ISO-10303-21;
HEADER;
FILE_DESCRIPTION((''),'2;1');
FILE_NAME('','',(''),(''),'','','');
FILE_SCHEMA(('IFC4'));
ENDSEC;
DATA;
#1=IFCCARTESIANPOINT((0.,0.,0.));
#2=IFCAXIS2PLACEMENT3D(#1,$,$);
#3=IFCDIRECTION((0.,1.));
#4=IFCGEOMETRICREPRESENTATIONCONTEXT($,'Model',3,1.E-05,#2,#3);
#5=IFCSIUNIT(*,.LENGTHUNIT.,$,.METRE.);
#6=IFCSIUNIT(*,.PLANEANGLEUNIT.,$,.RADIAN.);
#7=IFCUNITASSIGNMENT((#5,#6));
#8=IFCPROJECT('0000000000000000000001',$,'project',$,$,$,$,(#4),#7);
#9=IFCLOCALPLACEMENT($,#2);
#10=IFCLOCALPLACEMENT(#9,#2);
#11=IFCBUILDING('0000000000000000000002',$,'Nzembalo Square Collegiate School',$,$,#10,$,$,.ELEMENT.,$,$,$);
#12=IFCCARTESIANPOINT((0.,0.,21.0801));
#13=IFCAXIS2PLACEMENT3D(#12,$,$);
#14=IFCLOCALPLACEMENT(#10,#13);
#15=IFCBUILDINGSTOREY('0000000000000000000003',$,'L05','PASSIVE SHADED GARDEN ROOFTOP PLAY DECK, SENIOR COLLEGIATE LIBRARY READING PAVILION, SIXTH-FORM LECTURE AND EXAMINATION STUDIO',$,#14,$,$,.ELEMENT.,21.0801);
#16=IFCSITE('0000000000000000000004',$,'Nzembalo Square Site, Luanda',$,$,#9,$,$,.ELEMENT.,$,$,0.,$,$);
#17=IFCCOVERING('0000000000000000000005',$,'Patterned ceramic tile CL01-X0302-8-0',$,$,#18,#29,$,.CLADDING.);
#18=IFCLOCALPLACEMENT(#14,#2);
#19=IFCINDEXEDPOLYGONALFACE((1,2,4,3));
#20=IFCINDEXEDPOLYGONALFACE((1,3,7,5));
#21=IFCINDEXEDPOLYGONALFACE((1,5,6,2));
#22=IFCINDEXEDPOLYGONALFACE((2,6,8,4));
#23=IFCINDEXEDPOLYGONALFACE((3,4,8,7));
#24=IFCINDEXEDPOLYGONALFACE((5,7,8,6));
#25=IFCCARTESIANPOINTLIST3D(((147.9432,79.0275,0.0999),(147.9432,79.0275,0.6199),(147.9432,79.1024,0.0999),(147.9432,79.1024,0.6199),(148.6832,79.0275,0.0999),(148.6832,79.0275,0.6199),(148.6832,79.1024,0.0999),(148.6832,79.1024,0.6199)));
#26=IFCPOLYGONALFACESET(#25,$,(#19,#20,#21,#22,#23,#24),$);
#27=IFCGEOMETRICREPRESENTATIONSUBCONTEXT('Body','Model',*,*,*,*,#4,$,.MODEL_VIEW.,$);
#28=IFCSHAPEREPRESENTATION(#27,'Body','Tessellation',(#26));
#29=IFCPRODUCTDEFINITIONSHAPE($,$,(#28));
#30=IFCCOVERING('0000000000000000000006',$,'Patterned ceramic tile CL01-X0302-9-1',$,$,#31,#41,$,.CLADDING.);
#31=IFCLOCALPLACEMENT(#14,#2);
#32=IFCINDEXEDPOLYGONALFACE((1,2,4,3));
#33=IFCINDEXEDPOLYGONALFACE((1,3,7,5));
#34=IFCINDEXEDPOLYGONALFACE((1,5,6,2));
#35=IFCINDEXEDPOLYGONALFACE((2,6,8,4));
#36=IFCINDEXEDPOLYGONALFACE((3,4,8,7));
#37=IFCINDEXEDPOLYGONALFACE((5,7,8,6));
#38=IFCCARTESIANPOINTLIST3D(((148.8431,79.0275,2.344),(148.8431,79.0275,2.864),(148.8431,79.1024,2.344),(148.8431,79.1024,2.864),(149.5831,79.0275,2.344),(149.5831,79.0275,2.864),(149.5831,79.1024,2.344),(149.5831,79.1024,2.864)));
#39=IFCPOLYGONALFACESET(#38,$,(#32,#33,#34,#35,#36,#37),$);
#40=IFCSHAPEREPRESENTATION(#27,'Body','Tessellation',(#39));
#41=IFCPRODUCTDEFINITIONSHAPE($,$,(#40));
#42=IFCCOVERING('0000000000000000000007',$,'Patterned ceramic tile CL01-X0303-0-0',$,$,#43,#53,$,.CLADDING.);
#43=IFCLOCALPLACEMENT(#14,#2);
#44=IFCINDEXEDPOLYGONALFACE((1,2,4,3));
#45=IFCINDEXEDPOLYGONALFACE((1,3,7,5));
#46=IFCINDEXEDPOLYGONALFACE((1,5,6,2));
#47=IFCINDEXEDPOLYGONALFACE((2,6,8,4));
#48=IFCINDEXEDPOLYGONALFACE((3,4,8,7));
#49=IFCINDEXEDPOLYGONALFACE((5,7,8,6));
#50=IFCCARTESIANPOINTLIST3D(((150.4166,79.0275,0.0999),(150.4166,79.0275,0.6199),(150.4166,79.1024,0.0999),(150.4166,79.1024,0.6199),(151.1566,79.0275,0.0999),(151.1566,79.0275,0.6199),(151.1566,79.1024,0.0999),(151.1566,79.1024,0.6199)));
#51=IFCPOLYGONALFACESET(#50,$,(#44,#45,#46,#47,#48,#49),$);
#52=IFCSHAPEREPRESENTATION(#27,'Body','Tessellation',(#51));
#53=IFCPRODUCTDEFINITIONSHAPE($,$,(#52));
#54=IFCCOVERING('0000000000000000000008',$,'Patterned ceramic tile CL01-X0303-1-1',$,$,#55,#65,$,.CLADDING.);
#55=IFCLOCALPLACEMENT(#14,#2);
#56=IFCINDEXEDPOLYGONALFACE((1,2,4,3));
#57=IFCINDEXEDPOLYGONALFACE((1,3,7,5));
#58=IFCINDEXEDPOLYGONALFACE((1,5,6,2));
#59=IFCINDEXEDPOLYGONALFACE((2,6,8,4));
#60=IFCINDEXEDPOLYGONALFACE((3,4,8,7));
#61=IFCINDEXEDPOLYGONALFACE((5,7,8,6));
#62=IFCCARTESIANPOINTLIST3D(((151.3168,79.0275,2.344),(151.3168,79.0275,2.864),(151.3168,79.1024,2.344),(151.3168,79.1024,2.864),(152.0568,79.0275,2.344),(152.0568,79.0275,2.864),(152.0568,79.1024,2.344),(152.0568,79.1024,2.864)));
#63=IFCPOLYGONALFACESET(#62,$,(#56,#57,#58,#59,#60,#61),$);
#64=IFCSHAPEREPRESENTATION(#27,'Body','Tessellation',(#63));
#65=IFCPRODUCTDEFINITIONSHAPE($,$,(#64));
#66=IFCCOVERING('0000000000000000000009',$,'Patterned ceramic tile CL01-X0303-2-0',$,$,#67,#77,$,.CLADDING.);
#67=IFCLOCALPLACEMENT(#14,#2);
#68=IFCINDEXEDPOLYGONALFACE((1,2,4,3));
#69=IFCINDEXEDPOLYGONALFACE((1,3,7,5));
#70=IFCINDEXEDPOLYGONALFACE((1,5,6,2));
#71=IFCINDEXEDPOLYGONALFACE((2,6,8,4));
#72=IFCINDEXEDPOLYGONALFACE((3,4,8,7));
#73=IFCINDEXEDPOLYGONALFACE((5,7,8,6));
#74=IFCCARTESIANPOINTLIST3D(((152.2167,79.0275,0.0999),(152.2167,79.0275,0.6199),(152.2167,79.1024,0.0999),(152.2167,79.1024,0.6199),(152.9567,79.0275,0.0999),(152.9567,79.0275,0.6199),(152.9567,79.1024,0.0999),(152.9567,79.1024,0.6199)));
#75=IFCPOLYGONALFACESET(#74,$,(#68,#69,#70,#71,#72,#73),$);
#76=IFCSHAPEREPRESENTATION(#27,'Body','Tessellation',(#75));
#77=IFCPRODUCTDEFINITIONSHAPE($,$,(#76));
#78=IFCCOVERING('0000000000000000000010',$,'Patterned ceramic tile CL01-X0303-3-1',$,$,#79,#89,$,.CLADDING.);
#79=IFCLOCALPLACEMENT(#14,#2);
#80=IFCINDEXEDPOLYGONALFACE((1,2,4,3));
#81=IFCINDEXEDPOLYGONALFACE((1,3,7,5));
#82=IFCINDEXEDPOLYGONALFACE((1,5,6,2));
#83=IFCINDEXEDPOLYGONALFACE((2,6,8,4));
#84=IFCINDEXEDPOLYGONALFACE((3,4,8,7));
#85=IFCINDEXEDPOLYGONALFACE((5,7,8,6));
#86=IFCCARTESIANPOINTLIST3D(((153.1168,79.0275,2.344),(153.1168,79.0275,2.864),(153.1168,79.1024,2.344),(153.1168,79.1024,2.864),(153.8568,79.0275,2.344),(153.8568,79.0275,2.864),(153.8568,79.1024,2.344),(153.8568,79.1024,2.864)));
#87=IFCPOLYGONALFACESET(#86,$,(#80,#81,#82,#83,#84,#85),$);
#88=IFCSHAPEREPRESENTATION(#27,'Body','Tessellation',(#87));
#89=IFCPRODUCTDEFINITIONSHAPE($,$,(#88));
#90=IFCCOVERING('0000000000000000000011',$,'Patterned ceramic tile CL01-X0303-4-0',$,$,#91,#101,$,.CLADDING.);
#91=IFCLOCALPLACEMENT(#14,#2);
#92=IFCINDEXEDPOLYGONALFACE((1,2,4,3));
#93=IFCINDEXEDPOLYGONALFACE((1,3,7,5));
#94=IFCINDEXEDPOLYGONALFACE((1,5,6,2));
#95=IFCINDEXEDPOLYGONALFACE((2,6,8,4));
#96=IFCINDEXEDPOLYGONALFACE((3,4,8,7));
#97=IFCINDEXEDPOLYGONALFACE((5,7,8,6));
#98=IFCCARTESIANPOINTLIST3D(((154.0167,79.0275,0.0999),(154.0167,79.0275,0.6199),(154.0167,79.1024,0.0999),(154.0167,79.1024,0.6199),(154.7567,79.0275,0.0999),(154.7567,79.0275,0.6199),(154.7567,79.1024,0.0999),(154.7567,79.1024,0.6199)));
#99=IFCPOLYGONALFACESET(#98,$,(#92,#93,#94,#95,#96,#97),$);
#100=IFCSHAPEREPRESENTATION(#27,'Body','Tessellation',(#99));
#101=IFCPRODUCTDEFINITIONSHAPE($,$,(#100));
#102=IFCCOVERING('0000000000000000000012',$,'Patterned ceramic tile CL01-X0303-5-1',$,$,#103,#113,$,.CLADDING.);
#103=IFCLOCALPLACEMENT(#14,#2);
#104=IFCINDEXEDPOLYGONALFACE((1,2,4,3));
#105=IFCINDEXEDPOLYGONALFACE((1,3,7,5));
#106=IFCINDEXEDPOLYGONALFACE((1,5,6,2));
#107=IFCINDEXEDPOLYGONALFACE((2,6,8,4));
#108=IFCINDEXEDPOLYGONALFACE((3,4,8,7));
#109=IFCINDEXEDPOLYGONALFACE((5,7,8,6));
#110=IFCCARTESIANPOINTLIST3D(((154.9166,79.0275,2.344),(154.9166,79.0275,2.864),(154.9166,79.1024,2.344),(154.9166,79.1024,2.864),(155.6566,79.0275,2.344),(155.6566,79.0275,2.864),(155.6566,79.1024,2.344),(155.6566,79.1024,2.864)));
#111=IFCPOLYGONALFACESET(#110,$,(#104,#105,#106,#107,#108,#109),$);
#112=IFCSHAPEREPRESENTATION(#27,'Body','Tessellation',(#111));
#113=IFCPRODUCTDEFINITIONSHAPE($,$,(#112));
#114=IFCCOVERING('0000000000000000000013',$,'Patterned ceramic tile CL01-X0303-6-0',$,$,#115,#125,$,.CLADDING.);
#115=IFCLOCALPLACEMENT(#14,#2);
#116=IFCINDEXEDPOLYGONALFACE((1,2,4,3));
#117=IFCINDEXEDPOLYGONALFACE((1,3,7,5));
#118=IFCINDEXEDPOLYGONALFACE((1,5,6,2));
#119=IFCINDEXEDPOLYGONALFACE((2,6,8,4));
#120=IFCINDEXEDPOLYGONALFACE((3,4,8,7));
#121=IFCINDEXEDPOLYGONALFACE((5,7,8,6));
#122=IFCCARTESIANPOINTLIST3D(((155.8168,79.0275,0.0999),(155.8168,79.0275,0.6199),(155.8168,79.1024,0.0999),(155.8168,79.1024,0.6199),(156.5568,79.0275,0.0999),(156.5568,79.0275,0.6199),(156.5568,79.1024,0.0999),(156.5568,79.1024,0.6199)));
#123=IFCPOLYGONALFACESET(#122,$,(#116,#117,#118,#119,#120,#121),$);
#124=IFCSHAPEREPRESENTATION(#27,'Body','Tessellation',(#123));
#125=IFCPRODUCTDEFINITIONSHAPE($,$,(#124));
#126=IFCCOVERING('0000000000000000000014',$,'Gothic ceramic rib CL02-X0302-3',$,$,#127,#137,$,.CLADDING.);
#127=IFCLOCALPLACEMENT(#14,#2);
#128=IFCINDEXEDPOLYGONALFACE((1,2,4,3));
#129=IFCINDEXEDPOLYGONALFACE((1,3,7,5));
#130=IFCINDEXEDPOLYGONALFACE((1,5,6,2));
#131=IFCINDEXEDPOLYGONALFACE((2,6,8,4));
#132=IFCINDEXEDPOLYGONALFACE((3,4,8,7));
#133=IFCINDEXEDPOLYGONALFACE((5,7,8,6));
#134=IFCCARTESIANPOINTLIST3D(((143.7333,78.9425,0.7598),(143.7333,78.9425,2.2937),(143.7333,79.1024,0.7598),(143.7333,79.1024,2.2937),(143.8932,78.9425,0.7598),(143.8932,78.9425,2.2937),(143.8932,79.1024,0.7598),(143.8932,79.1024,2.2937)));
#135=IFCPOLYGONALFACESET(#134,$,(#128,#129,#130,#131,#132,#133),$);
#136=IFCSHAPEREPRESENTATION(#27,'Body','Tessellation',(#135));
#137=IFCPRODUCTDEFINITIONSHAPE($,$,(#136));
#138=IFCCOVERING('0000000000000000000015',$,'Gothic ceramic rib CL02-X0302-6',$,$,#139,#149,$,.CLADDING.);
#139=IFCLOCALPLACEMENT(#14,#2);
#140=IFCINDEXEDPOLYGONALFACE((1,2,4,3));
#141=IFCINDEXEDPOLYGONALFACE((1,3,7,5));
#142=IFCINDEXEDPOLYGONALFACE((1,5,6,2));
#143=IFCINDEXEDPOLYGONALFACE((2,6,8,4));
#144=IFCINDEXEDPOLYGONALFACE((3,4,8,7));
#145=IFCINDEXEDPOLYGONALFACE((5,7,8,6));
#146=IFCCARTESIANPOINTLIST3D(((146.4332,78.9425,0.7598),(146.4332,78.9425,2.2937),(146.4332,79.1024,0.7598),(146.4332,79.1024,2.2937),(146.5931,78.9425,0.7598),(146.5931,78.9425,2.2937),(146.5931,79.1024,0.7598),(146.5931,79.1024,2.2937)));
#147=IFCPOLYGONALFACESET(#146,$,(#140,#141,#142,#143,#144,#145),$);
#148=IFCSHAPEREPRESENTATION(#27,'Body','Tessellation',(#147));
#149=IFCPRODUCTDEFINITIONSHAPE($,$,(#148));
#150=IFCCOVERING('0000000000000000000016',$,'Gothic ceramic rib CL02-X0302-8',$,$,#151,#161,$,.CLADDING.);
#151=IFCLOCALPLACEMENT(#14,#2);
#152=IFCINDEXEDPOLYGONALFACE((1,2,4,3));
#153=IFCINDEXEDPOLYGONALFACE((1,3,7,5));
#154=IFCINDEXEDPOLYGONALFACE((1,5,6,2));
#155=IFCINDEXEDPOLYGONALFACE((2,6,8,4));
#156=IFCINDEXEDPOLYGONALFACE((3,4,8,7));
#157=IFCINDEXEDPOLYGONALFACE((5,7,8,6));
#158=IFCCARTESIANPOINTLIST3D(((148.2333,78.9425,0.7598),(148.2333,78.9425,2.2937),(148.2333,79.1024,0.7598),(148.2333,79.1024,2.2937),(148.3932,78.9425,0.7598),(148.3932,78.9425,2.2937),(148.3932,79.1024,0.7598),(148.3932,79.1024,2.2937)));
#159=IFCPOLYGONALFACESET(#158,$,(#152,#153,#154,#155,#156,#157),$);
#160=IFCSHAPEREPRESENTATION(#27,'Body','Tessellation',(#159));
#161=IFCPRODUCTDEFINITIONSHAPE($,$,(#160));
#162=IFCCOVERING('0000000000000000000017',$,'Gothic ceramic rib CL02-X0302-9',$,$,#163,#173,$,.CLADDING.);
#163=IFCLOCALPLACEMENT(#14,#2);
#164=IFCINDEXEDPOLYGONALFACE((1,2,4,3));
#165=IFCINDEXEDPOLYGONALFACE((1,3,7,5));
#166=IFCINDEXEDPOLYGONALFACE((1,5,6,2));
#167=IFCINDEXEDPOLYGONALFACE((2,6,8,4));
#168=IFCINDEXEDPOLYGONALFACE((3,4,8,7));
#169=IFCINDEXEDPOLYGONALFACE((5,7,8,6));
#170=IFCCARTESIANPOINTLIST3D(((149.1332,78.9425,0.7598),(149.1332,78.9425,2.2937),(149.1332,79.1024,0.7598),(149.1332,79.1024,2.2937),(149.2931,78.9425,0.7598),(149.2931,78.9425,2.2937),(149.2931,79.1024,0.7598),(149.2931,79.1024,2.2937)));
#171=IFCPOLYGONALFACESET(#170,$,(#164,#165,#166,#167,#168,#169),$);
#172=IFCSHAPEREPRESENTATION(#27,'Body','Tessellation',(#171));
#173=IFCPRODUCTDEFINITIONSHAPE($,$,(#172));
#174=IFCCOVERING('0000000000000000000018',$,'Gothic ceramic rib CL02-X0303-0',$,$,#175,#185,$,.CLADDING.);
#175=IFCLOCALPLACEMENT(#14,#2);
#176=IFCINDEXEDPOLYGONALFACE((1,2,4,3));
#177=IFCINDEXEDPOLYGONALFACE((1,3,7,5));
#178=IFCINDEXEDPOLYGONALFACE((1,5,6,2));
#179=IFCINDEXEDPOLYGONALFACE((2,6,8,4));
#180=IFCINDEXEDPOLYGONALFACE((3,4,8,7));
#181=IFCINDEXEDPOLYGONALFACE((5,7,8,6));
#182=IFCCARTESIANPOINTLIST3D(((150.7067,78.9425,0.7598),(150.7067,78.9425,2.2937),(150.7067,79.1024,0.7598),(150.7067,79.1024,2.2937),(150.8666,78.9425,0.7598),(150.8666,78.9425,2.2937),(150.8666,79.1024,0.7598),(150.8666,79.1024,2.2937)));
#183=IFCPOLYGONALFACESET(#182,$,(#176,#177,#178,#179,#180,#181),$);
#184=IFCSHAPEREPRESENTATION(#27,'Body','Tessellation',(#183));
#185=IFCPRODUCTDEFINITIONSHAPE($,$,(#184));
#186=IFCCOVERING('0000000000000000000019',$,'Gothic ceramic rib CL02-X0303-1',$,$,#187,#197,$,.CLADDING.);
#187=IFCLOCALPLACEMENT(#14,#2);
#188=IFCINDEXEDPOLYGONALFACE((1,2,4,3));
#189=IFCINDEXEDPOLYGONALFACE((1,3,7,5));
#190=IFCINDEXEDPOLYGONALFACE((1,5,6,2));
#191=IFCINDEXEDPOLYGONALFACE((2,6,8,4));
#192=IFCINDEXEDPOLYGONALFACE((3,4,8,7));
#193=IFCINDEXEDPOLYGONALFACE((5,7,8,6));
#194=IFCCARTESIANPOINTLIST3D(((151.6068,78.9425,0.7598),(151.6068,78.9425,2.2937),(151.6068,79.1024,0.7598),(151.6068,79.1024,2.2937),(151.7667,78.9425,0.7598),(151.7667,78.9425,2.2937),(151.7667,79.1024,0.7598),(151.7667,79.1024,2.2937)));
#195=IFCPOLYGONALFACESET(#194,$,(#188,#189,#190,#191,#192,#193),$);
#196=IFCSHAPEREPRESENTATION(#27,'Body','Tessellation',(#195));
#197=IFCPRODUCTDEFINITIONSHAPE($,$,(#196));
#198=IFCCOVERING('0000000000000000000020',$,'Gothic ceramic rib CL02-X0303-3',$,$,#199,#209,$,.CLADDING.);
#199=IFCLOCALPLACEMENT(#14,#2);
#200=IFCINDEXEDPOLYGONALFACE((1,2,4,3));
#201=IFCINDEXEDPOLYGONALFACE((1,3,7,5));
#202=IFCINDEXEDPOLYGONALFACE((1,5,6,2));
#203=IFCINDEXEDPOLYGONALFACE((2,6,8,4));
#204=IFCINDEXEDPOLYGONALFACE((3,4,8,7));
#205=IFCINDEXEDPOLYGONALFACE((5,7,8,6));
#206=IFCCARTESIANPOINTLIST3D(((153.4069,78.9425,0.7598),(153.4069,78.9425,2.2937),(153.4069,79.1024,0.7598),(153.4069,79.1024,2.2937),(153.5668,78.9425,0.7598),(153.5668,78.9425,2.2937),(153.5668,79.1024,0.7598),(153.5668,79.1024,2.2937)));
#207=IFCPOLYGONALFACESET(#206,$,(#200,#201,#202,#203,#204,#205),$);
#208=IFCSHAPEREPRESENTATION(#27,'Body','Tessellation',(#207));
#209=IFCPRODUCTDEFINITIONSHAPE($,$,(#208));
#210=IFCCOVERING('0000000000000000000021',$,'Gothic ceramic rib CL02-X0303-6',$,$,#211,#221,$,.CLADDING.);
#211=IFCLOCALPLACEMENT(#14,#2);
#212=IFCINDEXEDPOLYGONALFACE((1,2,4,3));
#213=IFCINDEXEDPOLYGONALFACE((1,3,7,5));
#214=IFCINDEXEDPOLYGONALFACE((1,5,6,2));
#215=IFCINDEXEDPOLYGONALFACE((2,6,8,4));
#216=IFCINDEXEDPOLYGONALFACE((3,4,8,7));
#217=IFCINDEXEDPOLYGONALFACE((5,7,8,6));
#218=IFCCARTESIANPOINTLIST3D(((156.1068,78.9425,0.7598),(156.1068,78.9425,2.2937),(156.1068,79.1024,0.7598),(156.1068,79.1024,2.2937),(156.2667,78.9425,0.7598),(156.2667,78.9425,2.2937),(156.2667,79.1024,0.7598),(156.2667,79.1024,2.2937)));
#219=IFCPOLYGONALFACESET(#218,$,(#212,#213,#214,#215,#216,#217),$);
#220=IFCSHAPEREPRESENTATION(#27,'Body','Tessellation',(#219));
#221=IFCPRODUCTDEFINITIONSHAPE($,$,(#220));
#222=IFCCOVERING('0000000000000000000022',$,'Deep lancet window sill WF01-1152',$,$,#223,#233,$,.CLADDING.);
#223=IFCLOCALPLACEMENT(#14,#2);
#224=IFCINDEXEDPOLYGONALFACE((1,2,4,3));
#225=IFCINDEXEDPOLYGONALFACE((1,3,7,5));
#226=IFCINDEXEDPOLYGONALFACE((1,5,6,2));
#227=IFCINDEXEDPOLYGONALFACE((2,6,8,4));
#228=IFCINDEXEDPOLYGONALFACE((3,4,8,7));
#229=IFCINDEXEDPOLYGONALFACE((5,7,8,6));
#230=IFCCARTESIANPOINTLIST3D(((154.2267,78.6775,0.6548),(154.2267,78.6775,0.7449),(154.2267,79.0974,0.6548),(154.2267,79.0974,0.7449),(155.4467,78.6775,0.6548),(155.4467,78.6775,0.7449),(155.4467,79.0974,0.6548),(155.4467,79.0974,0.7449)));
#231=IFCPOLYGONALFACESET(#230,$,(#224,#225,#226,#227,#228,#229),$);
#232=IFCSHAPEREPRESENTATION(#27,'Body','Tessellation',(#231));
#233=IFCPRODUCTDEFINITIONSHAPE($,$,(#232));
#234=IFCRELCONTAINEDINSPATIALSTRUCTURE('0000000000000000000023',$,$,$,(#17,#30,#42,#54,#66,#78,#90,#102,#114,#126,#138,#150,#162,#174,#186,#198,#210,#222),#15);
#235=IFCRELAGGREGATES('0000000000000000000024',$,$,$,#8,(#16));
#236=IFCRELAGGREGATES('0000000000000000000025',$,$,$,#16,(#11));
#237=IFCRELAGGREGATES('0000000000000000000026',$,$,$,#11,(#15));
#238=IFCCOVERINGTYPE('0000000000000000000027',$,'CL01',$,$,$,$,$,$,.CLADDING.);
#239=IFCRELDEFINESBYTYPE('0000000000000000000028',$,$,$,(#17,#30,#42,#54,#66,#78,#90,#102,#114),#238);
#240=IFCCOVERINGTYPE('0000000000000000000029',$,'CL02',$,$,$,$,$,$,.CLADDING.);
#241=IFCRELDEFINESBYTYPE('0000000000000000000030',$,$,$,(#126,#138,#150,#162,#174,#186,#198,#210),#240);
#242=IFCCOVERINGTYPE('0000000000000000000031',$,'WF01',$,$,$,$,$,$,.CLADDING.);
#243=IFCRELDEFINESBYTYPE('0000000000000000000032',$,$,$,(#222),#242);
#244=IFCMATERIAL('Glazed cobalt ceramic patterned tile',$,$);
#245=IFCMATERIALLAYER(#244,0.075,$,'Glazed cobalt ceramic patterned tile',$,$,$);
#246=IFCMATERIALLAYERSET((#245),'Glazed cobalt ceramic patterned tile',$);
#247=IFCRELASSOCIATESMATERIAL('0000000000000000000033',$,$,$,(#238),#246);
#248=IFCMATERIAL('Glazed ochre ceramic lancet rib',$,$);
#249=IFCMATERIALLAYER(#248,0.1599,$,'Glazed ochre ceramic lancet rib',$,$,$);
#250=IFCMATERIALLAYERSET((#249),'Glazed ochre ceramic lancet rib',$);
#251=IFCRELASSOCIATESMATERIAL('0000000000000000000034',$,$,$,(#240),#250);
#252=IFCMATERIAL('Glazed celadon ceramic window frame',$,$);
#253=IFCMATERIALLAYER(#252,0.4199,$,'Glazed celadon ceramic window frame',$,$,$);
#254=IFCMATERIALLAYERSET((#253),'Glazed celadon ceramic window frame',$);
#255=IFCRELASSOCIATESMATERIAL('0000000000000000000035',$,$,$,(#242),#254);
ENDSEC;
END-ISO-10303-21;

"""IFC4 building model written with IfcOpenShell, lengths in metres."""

from ifc_helpers import new_model, si_unit, direction, frame, origin, origin_2d, place, context, subcontext, project, spatial, rectangle, extrude, material, layer, layer_set, type_object, element, save


model = new_model("IFC4")

# Units and contexts
model_context = context("Model", 3, precision=1e-05, world=origin(), true_north=direction((0.0, 1.0)))
body_context = subcontext(model_context, "Body", "Model", "MODEL_VIEW")
ifc_project = project(units=[si_unit("LENGTHUNIT", "METRE"), si_unit("PLANEANGLEUNIT", "RADIAN")], contexts=[model_context])

# Site, building, storey
site_placement = place(None, origin())
site = spatial("IfcSite", under=ifc_project, at=site_placement, Name="Nzembalo Square Site, Luanda", CompositionType="ELEMENT", RefElevation=0.0)
building_placement = place(site_placement, origin())
building = spatial("IfcBuilding", under=site, at=building_placement, Name="Nzembalo Square Collegiate School", CompositionType="ELEMENT")
storey_placement = place(building_placement, frame((0.0, 0.0, 21.0801)))
storey = spatial("IfcBuildingStorey", under=building, at=storey_placement, Name="L05", Description="PASSIVE SHADED GARDEN ROOFTOP PLAY DECK, SENIOR COLLEGIATE LIBRARY READING PAVILION, SIXTH-FORM LECTURE AND EXAMINATION STUDIO", CompositionType="ELEMENT", Elevation=21.0801)

# Coverings
ifc_material_1 = material(Name="Glazed cobalt ceramic patterned tile")
ifc_layer_1 = layer(ifc_material_1, 0.075, Name="Glazed cobalt ceramic patterned tile")
ifc_layer_set_1 = layer_set([ifc_layer_1], Name="Glazed cobalt ceramic patterned tile")
covering_type_1 = type_object("IfcCoveringType", Name="CL01", PredefinedType="CLADDING", material=ifc_layer_set_1)
for number, where, z_axis, x_axis, name in (
    (1, (148.3132, 79.0649, 0.0999), (0.0, 0.0, 1.0), (1.0, 0.0, 0.0), "Patterned ceramic tile CL01-X0302-8-0"),
    (2, (149.2131, 79.0649, 2.344), (0.0, 0.0, 1.0), (1.0, 0.0, 0.0), "Patterned ceramic tile CL01-X0302-9-1"),
    (3, (150.7866, 79.0649, 0.0999), (0.0, 0.0, 1.0), (1.0, 0.0, 0.0), "Patterned ceramic tile CL01-X0303-0-0"),
    (4, (151.6868, 79.0649, 2.344), (0.0, 0.0, 1.0), (1.0, 0.0, 0.0), "Patterned ceramic tile CL01-X0303-1-1"),
    (5, (152.5867, 79.0649, 0.0999), (0.0, 0.0, 1.0), (1.0, 0.0, 0.0), "Patterned ceramic tile CL01-X0303-2-0"),
    (6, (153.4868, 79.0649, 2.344), (0.0, 0.0, 1.0), (1.0, 0.0, 0.0), "Patterned ceramic tile CL01-X0303-3-1"),
    (7, (154.3867, 79.0649, 0.0999), (0.0, 0.0, 1.0), (1.0, 0.0, 0.0), "Patterned ceramic tile CL01-X0303-4-0"),
    (8, (155.2866, 79.0649, 2.344), (0.0, 0.0, 1.0), (1.0, 0.0, 0.0), "Patterned ceramic tile CL01-X0303-5-1"),
    (9, (156.1868, 79.0649, 0.0999), (0.0, 0.0, 1.0), (1.0, 0.0, 0.0), "Patterned ceramic tile CL01-X0303-6-0"),
):
    element("IfcCovering", number, at=place(storey_placement, frame(where, z_axis=z_axis, x_axis=x_axis)), inside=storey, type_object=covering_type_1, Name=name, PredefinedType="CLADDING", context=body_context, shape_type="SweptSolid", body=[
        extrude(rectangle(XDim=0.74, YDim=0.075, at=origin_2d()), origin(), (0.0, 0.0, 1.0), 0.52),
    ])
ifc_material_2 = material(Name="Glazed ochre ceramic lancet rib")
ifc_layer_2 = layer(ifc_material_2, 0.1599, Name="Glazed ochre ceramic lancet rib")
ifc_layer_set_2 = layer_set([ifc_layer_2], Name="Glazed ochre ceramic lancet rib")
covering_type_2 = type_object("IfcCoveringType", Name="CL02", PredefinedType="CLADDING", material=ifc_layer_set_2)
for number, where, z_axis, x_axis, name in (
    (10, (143.8132, 79.0225, 0.7598), (0.0, 0.0, 1.0), (1.0, 0.0, 0.0), "Gothic ceramic rib CL02-X0302-3"),
    (11, (146.5132, 79.0225, 0.7598), (0.0, 0.0, 1.0), (1.0, 0.0, 0.0), "Gothic ceramic rib CL02-X0302-6"),
    (12, (148.3132, 79.0225, 0.7598), (0.0, 0.0, 1.0), (1.0, 0.0, 0.0), "Gothic ceramic rib CL02-X0302-8"),
    (13, (149.2131, 79.0225, 0.7598), (0.0, 0.0, 1.0), (1.0, 0.0, 0.0), "Gothic ceramic rib CL02-X0302-9"),
    (14, (150.7866, 79.0225, 0.7598), (0.0, 0.0, 1.0), (1.0, 0.0, 0.0), "Gothic ceramic rib CL02-X0303-0"),
    (15, (151.6868, 79.0225, 0.7598), (0.0, 0.0, 1.0), (1.0, 0.0, 0.0), "Gothic ceramic rib CL02-X0303-1"),
    (16, (153.4868, 79.0225, 0.7598), (0.0, 0.0, 1.0), (1.0, 0.0, 0.0), "Gothic ceramic rib CL02-X0303-3"),
    (17, (156.1868, 79.0225, 0.7598), (0.0, 0.0, 1.0), (1.0, 0.0, 0.0), "Gothic ceramic rib CL02-X0303-6"),
):
    element("IfcCovering", number, at=place(storey_placement, frame(where, z_axis=z_axis, x_axis=x_axis)), inside=storey, type_object=covering_type_2, Name=name, PredefinedType="CLADDING", context=body_context, shape_type="SweptSolid", body=[
        extrude(rectangle(XDim=0.1599, YDim=0.1599, at=origin_2d()), origin(), (0.0, 0.0, 1.0), 1.5339),
    ])
ifc_material_3 = material(Name="Glazed celadon ceramic window frame")
ifc_layer_3 = layer(ifc_material_3, 0.4199, Name="Glazed celadon ceramic window frame")
ifc_layer_set_3 = layer_set([ifc_layer_3], Name="Glazed celadon ceramic window frame")
covering_type_3 = type_object("IfcCoveringType", Name="WF01", PredefinedType="CLADDING", material=ifc_layer_set_3)
covering_placement = place(storey_placement, frame((154.8367, 78.8875, 0.6548), z_axis=(0.0, 0.0, 1.0), x_axis=(1.0, 0.0, 0.0)))
element("IfcCovering", 18, at=covering_placement, inside=storey, type_object=covering_type_3, Name="Deep lancet window sill WF01-1152", PredefinedType="CLADDING", context=body_context, shape_type="SweptSolid", body=[
    extrude(rectangle(XDim=1.22, YDim=0.4199, at=origin_2d()), origin(), (0.0, 0.0, 1.0), 0.0901),
])

save(model, "model.ifc")
